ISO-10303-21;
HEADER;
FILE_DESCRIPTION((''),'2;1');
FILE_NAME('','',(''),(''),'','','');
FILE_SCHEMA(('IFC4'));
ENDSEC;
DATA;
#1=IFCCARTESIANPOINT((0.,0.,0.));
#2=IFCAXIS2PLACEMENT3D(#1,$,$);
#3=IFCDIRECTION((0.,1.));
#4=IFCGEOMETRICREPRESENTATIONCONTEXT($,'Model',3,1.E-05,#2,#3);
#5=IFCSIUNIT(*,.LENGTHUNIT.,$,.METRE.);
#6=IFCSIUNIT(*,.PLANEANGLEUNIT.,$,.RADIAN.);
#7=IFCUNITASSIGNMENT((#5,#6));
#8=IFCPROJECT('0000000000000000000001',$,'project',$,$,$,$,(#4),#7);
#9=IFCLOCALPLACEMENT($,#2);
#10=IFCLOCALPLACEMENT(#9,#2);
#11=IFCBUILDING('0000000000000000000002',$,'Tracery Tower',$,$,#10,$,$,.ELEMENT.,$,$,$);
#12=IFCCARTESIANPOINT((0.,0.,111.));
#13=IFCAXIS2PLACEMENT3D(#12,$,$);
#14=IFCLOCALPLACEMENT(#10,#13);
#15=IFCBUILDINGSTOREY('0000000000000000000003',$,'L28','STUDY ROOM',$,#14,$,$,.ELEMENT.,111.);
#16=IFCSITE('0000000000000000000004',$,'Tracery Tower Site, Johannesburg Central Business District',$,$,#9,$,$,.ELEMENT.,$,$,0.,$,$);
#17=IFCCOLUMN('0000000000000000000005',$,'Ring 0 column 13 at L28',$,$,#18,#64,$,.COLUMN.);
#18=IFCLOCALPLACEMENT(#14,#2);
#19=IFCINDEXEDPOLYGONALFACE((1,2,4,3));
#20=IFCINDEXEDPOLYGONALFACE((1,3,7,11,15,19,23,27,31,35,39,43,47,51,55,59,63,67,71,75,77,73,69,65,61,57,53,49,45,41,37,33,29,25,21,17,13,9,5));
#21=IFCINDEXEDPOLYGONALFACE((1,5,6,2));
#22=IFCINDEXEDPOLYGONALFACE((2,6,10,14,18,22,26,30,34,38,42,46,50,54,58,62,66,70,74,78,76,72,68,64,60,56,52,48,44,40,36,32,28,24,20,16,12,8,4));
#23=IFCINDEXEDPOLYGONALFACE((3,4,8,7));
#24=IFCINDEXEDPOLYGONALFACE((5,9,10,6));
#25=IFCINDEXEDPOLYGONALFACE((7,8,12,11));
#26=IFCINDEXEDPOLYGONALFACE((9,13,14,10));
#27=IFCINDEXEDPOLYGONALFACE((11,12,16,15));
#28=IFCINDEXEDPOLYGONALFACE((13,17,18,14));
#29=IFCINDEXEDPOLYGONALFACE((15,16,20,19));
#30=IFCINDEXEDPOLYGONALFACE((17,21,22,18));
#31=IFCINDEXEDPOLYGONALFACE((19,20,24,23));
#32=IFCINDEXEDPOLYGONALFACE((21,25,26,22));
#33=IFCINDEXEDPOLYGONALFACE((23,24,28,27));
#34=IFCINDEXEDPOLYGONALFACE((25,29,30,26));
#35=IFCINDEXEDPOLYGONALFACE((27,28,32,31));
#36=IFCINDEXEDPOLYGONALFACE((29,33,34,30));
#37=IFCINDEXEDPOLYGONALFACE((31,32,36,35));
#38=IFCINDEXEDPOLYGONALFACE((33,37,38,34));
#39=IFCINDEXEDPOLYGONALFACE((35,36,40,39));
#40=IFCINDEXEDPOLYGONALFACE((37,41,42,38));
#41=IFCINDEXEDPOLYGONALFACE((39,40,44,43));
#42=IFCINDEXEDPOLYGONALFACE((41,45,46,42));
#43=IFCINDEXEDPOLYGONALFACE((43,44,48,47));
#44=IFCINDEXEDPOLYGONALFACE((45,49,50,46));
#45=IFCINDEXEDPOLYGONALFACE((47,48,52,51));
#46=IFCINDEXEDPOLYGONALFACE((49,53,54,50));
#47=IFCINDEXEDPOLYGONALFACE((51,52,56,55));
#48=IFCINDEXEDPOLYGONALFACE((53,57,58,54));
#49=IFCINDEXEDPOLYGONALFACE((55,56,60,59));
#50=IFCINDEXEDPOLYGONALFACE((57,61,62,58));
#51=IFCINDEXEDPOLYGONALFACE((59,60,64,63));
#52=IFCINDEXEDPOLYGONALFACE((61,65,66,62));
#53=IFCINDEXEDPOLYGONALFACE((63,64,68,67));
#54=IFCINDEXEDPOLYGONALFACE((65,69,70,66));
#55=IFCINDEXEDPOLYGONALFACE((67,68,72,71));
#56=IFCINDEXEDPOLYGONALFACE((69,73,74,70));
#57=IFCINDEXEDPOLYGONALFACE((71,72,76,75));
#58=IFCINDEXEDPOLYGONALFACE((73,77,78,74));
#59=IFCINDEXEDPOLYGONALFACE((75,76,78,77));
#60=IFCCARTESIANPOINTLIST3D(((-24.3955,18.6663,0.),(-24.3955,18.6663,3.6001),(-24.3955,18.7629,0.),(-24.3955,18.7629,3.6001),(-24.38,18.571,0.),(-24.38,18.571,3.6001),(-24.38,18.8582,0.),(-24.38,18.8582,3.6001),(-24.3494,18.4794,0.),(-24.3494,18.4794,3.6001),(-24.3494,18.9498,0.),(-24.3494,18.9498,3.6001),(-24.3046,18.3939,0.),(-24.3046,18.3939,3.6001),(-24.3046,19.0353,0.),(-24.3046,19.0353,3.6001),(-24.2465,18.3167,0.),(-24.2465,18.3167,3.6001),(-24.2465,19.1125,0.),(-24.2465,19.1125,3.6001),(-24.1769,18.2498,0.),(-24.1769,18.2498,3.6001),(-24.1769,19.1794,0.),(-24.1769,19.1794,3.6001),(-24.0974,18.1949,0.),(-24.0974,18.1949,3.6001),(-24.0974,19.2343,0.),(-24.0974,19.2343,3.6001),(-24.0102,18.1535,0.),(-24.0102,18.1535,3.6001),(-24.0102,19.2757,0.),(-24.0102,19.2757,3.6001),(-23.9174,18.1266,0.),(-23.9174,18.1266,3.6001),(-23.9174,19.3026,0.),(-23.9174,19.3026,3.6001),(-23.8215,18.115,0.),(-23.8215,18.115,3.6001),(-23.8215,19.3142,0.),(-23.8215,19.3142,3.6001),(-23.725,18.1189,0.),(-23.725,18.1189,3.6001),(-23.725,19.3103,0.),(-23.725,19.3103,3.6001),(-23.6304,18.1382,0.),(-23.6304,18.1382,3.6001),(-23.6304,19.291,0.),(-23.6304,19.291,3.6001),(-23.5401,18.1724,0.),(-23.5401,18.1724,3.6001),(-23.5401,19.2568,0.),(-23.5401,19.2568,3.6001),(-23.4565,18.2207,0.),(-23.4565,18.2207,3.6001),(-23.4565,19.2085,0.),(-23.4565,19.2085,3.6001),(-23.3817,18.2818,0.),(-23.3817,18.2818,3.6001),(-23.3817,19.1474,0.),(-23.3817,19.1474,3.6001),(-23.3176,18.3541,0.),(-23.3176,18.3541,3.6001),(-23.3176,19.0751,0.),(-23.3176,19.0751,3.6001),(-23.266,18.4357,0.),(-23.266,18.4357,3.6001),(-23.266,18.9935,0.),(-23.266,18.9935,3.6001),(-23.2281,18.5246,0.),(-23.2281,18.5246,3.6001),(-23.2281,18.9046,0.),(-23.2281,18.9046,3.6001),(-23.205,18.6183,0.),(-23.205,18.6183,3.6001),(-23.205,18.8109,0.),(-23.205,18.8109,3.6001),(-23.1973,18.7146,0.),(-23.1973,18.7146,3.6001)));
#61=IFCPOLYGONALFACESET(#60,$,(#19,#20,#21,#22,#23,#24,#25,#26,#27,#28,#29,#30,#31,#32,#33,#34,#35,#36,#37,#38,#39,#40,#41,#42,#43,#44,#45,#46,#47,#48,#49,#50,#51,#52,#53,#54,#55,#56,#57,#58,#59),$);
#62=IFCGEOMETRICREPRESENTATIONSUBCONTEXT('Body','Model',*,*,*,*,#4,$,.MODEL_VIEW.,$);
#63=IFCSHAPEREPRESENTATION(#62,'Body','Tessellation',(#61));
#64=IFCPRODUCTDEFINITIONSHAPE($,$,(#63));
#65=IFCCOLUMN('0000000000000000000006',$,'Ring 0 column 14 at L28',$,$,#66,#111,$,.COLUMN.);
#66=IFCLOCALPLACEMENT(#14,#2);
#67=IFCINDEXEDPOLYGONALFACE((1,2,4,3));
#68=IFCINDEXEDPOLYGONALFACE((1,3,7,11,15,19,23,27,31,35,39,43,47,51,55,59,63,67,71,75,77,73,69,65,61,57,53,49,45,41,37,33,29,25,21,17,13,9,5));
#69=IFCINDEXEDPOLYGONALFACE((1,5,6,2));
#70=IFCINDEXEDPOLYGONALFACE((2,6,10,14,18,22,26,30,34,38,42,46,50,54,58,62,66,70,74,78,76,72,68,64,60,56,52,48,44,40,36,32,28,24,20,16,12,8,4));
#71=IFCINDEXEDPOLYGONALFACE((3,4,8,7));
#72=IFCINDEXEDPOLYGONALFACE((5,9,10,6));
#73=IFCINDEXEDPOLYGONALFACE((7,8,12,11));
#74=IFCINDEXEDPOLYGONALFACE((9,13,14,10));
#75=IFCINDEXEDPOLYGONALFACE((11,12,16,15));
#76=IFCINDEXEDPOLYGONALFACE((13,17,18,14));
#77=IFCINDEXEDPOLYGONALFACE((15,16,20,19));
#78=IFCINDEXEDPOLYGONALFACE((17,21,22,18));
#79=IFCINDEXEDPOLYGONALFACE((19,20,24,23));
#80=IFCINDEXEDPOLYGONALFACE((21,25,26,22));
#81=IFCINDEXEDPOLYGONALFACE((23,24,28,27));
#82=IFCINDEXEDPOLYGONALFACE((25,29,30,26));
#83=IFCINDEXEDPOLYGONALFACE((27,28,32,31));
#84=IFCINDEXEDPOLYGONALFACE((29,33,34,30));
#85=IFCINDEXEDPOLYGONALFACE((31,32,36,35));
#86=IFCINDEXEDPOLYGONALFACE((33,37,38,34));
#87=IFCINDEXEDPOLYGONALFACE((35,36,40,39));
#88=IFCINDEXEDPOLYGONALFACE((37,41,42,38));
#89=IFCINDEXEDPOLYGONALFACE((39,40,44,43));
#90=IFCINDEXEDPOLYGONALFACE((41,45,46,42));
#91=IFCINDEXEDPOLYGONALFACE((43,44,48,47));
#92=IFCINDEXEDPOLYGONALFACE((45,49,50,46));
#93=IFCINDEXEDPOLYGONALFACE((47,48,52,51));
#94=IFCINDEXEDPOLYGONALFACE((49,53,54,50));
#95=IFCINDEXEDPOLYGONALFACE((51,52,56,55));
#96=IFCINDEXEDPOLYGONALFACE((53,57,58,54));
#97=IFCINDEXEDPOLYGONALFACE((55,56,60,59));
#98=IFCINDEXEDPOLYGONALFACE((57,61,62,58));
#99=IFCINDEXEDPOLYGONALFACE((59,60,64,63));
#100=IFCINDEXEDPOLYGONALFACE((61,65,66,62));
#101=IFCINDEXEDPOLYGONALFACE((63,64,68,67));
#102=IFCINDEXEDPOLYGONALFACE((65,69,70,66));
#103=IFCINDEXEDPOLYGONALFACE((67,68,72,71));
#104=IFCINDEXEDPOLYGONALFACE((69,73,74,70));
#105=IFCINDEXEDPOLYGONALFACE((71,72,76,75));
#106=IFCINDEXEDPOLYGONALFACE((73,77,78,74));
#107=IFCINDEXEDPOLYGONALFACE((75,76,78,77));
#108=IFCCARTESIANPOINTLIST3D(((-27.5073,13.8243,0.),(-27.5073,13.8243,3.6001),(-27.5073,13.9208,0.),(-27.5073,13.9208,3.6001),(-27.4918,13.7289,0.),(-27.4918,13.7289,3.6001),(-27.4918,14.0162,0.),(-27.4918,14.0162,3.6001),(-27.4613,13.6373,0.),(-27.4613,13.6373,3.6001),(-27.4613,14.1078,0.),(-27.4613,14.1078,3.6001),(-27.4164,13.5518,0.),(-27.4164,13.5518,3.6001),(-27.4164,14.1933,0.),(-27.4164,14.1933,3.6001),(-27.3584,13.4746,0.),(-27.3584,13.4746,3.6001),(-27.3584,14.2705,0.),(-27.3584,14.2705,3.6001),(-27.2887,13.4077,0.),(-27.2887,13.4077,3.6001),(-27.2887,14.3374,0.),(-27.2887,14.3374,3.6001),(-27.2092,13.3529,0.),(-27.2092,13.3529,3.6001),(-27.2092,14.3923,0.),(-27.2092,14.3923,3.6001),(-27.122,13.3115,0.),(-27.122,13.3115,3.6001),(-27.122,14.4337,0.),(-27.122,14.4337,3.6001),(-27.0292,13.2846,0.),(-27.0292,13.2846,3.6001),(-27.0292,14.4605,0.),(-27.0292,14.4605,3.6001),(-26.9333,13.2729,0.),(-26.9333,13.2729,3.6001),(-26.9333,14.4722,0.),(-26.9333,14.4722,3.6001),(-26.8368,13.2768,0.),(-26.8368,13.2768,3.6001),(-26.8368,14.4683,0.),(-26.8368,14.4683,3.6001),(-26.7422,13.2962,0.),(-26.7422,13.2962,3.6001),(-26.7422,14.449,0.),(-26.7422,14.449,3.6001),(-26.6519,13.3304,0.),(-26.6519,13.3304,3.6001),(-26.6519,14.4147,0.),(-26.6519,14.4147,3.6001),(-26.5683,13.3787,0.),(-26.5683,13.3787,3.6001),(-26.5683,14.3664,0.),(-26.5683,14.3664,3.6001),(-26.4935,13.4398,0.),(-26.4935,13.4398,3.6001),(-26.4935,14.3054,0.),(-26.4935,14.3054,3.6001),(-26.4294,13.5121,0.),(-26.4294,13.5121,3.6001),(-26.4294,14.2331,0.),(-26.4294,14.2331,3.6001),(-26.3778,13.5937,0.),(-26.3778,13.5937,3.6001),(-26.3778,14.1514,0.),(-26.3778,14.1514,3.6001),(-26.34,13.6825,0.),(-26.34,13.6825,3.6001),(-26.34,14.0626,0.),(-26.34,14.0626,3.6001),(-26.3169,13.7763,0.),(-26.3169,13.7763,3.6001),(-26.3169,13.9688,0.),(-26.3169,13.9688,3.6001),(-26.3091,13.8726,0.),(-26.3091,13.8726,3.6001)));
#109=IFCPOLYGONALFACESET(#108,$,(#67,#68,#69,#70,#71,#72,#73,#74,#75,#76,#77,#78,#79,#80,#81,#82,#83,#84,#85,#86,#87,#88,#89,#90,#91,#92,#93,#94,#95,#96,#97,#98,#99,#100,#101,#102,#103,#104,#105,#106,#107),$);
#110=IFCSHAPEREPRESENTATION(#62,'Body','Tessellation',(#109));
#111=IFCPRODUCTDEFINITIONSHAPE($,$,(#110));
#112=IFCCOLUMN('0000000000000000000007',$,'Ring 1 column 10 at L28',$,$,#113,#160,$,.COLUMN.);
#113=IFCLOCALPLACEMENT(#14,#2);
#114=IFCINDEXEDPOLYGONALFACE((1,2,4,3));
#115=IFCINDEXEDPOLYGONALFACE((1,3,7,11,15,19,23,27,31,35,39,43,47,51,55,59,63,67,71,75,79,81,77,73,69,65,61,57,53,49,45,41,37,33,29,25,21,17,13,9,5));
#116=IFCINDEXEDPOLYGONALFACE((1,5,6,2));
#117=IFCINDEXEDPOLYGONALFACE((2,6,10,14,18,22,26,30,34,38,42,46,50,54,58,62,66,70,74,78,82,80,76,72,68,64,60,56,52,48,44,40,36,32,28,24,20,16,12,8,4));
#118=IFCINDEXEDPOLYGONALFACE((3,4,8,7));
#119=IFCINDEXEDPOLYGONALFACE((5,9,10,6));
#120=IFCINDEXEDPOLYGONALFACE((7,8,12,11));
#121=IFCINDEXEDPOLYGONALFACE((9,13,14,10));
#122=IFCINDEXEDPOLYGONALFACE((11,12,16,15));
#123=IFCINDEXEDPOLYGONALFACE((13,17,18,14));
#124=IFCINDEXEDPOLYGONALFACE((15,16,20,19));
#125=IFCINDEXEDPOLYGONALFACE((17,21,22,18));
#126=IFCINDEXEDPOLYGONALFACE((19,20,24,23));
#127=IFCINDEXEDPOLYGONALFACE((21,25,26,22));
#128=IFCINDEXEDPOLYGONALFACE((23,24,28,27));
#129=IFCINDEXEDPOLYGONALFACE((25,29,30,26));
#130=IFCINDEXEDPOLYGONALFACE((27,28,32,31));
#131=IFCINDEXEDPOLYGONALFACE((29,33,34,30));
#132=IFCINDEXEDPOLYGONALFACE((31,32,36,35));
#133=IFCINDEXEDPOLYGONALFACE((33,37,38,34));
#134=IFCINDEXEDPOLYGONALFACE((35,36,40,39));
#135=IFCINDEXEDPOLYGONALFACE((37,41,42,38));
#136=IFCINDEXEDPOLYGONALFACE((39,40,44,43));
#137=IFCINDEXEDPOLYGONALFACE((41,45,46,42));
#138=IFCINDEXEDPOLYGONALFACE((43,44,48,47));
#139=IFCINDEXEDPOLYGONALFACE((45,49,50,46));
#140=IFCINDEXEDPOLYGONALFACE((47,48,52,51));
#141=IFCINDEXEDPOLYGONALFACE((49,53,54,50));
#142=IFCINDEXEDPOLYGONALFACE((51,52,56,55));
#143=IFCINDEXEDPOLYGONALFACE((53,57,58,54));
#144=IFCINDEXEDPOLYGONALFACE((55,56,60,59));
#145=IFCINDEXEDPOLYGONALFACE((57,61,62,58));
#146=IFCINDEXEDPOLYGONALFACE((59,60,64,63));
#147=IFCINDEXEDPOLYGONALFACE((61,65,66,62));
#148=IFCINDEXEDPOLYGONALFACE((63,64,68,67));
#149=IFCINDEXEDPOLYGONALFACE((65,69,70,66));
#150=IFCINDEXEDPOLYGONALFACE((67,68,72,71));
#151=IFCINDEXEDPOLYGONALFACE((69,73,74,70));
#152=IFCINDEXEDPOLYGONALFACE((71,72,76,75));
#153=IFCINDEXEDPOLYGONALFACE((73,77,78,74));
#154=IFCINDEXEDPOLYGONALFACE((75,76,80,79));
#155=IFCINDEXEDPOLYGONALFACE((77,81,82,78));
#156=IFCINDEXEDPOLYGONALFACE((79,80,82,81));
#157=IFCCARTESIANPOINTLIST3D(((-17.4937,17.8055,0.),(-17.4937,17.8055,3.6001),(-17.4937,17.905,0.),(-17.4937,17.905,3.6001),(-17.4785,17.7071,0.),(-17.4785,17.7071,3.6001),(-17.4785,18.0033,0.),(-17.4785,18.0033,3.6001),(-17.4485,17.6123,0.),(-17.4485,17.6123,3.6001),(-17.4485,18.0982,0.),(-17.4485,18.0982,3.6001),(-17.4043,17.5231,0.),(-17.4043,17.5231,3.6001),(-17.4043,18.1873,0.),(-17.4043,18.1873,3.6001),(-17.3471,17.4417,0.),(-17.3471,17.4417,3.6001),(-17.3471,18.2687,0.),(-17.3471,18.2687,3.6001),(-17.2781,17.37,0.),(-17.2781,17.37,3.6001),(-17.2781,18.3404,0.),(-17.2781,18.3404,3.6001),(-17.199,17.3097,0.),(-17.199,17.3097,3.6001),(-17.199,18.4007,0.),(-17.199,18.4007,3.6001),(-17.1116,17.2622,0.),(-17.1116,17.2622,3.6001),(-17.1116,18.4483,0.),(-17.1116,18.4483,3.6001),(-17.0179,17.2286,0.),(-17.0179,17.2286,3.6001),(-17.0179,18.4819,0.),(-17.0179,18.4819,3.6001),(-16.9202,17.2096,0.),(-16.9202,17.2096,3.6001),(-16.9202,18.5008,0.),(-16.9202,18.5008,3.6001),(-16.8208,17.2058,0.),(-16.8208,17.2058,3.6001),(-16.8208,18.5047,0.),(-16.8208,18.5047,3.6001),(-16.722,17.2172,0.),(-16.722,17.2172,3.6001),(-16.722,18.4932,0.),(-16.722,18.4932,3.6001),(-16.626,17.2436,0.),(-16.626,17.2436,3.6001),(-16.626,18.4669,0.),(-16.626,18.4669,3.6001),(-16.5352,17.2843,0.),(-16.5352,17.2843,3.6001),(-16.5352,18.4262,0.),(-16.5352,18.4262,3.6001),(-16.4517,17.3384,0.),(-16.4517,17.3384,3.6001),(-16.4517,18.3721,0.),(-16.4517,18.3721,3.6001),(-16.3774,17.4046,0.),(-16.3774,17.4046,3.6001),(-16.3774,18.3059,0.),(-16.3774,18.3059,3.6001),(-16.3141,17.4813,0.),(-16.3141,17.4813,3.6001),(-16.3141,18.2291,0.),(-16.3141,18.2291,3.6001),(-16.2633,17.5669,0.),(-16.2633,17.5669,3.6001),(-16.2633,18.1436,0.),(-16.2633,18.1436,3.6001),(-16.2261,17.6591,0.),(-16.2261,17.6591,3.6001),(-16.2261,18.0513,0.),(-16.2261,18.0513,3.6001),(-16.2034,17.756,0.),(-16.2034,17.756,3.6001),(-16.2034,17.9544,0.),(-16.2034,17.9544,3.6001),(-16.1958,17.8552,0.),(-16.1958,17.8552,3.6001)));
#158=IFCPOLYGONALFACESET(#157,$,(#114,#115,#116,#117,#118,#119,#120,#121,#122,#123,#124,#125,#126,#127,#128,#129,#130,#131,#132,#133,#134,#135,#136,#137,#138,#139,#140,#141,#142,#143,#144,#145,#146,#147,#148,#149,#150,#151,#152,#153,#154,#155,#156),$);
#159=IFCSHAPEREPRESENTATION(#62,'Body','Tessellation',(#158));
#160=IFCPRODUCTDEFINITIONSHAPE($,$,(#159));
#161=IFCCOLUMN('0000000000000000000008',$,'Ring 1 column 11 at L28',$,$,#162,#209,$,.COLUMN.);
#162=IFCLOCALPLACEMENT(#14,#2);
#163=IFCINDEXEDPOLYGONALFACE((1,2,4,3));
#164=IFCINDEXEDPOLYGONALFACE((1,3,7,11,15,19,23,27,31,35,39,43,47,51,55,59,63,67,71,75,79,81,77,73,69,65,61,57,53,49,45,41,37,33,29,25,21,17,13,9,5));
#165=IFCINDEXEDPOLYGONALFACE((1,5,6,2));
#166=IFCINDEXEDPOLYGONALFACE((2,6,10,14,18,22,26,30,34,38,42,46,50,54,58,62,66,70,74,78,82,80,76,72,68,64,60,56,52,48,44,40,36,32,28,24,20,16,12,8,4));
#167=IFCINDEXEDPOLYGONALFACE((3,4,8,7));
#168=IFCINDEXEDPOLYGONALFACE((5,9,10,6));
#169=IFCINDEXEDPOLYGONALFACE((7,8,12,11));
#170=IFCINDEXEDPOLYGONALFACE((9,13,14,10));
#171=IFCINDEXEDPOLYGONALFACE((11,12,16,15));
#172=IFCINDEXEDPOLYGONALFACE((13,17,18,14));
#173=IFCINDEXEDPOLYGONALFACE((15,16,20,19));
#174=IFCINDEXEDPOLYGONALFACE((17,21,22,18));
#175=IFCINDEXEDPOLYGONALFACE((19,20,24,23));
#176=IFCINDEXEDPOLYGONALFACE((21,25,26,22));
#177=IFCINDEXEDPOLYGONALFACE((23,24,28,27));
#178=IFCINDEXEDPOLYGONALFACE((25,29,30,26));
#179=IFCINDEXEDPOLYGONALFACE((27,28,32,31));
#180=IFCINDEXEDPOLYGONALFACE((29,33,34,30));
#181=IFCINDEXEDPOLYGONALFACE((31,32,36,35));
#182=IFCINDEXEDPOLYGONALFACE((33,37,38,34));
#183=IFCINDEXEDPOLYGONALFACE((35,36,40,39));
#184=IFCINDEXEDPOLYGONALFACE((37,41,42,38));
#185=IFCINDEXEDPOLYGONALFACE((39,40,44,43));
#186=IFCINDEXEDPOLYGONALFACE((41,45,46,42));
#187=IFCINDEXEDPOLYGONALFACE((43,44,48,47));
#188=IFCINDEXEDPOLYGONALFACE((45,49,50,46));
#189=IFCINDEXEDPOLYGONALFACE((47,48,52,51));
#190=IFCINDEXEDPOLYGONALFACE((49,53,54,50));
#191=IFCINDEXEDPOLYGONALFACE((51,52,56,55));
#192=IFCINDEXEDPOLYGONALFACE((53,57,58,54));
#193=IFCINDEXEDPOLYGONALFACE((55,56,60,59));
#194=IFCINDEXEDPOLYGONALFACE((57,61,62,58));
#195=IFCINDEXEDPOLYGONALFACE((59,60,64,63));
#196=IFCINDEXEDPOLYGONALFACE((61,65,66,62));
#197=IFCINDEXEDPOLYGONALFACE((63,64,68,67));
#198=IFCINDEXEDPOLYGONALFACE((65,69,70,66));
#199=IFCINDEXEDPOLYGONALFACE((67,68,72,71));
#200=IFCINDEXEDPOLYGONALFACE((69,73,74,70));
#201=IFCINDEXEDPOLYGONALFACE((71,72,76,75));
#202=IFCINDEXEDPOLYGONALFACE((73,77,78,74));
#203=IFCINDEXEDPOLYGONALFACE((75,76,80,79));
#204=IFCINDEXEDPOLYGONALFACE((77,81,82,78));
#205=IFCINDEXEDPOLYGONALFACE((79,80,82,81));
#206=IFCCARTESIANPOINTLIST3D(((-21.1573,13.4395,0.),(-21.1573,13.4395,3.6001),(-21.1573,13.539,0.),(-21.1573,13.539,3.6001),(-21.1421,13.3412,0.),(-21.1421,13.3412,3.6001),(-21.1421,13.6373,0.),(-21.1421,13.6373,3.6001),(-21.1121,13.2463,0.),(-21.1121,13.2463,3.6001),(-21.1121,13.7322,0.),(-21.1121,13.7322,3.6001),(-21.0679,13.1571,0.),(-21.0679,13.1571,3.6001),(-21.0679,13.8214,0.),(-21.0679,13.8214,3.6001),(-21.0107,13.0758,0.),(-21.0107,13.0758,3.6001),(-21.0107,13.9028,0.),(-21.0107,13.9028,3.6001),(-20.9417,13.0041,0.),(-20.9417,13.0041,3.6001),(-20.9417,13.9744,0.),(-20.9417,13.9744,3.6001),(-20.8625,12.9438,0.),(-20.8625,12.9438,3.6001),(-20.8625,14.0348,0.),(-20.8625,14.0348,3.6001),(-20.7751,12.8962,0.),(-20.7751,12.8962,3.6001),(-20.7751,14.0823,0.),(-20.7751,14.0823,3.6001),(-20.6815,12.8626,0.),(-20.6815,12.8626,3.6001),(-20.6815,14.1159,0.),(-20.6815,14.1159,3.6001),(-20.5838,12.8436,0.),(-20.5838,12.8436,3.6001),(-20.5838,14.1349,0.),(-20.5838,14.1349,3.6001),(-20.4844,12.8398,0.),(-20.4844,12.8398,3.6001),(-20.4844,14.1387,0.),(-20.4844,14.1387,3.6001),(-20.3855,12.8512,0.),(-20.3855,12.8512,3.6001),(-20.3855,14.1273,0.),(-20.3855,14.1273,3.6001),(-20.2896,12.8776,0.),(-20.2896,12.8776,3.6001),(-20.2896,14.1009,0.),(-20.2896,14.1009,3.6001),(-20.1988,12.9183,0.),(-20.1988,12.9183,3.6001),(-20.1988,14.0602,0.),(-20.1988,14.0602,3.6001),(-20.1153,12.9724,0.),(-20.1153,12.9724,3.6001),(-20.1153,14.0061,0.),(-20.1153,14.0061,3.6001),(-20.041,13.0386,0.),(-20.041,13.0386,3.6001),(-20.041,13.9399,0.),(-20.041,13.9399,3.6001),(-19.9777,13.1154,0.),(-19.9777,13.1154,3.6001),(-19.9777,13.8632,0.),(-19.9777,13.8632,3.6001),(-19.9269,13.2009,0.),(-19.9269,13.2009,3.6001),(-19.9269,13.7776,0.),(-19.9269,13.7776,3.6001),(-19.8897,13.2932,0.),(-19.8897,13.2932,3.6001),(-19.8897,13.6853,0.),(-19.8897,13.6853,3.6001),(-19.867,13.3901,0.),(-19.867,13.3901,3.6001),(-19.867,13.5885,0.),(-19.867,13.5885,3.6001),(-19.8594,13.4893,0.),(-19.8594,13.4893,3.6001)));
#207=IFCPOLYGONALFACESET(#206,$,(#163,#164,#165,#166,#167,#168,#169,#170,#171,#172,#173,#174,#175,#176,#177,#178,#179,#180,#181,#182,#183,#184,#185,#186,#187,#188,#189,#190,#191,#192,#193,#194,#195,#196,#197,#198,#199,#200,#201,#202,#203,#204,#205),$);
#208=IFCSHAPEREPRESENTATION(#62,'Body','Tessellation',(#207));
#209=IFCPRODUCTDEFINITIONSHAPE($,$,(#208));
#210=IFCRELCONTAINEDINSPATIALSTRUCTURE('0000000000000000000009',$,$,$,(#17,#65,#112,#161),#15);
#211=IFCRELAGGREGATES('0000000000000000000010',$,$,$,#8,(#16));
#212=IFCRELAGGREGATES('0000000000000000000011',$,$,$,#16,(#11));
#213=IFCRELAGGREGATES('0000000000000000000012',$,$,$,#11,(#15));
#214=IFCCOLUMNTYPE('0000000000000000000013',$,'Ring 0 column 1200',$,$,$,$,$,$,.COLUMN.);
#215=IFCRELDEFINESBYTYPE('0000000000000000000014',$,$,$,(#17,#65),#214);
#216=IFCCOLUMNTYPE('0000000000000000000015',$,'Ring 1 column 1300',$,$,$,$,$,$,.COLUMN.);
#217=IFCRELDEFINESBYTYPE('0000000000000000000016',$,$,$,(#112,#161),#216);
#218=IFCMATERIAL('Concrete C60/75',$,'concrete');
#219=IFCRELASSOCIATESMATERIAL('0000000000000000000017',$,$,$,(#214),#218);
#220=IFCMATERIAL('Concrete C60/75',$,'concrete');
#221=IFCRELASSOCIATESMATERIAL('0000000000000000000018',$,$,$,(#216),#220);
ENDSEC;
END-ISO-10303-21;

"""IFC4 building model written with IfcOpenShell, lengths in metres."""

from ifc_helpers import new_model, si_unit, direction, frame, origin, origin_2d, place, context, subcontext, project, spatial, circle, extrude, material, material_profile, profile_set, type_object, element, save


model = new_model("IFC4")

# Units and contexts
model_context = context("Model", 3, precision=1e-05, world=origin(), true_north=direction((0.0, 1.0)))
body_context = subcontext(model_context, "Body", "Model", "MODEL_VIEW")
ifc_project = project(units=[si_unit("LENGTHUNIT", "METRE"), si_unit("PLANEANGLEUNIT", "RADIAN")], contexts=[model_context])

# Site, building, storey
site_placement = place(None, origin())
site = spatial("IfcSite", under=ifc_project, at=site_placement, Name="Tracery Tower Site, Johannesburg Central Business District", CompositionType="ELEMENT", RefElevation=0.0)
building_placement = place(site_placement, origin())
building = spatial("IfcBuilding", under=site, at=building_placement, Name="Tracery Tower", CompositionType="ELEMENT")
storey_placement = place(building_placement, frame((0.0, 0.0, 111.0)))
storey = spatial("IfcBuildingStorey", under=building, at=storey_placement, Name="L28", Description="STUDY ROOM", CompositionType="ELEMENT", Elevation=111.0)

# Columns
ifc_material_1 = material(Name="Concrete C60/75", Category="concrete")
ifc_material_profile_1 = material_profile(ifc_material_1, circle(Radius=0.6001, at=origin_2d()), Name="RC D1200")
ifc_profile_set_1 = profile_set([ifc_material_profile_1], Name="Concrete C60/75")
column_type_1 = type_object("IfcColumnType", Name="Ring 0 column 1200", PredefinedType="COLUMN", material=ifc_profile_set_1)
for number, where, z_axis, x_axis, name in (
    (1, (-23.7974, 18.7146, 0.0), (0.0, 0.0, 1.0), (1.0, 0.0, 0.0), "Ring 0 column 13 at L28"),
    (2, (-26.9092, 13.8726, 0.0), (0.0, 0.0, 1.0), (1.0, 0.0, 0.0), "Ring 0 column 14 at L28"),
):
    element("IfcColumn", number, at=place(storey_placement, frame(where, z_axis=z_axis, x_axis=x_axis)), inside=storey, type_object=column_type_1, Name=name, PredefinedType="COLUMN", context=body_context, shape_type="SweptSolid", body=[
        extrude(circle(Radius=0.6001, at=origin_2d()), origin(), (0.0, 0.0, 1.0), 3.6001),
    ])
ifc_material_2 = material(Name="Concrete C60/75", Category="concrete")
ifc_material_profile_2 = material_profile(ifc_material_2, circle(Radius=0.6499, at=origin_2d()), Name="RC D1300")
ifc_profile_set_2 = profile_set([ifc_material_profile_2], Name="Concrete C60/75")
column_type_2 = type_object("IfcColumnType", Name="Ring 1 column 1300", PredefinedType="COLUMN", material=ifc_profile_set_2)
for number, where, z_axis, x_axis, name in (
    (3, (-16.8457, 17.8552, 0.0), (0.0, 0.0, 1.0), (1.0, 0.0, 0.0), "Ring 1 column 10 at L28"),
    (4, (-20.5093, 13.4893, 0.0), (0.0, 0.0, 1.0), (1.0, 0.0, 0.0), "Ring 1 column 11 at L28"),
):
    element("IfcColumn", number, at=place(storey_placement, frame(where, z_axis=z_axis, x_axis=x_axis)), inside=storey, type_object=column_type_2, Name=name, PredefinedType="COLUMN", context=body_context, shape_type="SweptSolid", body=[
        extrude(circle(Radius=0.6499, at=origin_2d()), origin(), (0.0, 0.0, 1.0), 3.6001),
    ])

save(model, "model.ifc")
